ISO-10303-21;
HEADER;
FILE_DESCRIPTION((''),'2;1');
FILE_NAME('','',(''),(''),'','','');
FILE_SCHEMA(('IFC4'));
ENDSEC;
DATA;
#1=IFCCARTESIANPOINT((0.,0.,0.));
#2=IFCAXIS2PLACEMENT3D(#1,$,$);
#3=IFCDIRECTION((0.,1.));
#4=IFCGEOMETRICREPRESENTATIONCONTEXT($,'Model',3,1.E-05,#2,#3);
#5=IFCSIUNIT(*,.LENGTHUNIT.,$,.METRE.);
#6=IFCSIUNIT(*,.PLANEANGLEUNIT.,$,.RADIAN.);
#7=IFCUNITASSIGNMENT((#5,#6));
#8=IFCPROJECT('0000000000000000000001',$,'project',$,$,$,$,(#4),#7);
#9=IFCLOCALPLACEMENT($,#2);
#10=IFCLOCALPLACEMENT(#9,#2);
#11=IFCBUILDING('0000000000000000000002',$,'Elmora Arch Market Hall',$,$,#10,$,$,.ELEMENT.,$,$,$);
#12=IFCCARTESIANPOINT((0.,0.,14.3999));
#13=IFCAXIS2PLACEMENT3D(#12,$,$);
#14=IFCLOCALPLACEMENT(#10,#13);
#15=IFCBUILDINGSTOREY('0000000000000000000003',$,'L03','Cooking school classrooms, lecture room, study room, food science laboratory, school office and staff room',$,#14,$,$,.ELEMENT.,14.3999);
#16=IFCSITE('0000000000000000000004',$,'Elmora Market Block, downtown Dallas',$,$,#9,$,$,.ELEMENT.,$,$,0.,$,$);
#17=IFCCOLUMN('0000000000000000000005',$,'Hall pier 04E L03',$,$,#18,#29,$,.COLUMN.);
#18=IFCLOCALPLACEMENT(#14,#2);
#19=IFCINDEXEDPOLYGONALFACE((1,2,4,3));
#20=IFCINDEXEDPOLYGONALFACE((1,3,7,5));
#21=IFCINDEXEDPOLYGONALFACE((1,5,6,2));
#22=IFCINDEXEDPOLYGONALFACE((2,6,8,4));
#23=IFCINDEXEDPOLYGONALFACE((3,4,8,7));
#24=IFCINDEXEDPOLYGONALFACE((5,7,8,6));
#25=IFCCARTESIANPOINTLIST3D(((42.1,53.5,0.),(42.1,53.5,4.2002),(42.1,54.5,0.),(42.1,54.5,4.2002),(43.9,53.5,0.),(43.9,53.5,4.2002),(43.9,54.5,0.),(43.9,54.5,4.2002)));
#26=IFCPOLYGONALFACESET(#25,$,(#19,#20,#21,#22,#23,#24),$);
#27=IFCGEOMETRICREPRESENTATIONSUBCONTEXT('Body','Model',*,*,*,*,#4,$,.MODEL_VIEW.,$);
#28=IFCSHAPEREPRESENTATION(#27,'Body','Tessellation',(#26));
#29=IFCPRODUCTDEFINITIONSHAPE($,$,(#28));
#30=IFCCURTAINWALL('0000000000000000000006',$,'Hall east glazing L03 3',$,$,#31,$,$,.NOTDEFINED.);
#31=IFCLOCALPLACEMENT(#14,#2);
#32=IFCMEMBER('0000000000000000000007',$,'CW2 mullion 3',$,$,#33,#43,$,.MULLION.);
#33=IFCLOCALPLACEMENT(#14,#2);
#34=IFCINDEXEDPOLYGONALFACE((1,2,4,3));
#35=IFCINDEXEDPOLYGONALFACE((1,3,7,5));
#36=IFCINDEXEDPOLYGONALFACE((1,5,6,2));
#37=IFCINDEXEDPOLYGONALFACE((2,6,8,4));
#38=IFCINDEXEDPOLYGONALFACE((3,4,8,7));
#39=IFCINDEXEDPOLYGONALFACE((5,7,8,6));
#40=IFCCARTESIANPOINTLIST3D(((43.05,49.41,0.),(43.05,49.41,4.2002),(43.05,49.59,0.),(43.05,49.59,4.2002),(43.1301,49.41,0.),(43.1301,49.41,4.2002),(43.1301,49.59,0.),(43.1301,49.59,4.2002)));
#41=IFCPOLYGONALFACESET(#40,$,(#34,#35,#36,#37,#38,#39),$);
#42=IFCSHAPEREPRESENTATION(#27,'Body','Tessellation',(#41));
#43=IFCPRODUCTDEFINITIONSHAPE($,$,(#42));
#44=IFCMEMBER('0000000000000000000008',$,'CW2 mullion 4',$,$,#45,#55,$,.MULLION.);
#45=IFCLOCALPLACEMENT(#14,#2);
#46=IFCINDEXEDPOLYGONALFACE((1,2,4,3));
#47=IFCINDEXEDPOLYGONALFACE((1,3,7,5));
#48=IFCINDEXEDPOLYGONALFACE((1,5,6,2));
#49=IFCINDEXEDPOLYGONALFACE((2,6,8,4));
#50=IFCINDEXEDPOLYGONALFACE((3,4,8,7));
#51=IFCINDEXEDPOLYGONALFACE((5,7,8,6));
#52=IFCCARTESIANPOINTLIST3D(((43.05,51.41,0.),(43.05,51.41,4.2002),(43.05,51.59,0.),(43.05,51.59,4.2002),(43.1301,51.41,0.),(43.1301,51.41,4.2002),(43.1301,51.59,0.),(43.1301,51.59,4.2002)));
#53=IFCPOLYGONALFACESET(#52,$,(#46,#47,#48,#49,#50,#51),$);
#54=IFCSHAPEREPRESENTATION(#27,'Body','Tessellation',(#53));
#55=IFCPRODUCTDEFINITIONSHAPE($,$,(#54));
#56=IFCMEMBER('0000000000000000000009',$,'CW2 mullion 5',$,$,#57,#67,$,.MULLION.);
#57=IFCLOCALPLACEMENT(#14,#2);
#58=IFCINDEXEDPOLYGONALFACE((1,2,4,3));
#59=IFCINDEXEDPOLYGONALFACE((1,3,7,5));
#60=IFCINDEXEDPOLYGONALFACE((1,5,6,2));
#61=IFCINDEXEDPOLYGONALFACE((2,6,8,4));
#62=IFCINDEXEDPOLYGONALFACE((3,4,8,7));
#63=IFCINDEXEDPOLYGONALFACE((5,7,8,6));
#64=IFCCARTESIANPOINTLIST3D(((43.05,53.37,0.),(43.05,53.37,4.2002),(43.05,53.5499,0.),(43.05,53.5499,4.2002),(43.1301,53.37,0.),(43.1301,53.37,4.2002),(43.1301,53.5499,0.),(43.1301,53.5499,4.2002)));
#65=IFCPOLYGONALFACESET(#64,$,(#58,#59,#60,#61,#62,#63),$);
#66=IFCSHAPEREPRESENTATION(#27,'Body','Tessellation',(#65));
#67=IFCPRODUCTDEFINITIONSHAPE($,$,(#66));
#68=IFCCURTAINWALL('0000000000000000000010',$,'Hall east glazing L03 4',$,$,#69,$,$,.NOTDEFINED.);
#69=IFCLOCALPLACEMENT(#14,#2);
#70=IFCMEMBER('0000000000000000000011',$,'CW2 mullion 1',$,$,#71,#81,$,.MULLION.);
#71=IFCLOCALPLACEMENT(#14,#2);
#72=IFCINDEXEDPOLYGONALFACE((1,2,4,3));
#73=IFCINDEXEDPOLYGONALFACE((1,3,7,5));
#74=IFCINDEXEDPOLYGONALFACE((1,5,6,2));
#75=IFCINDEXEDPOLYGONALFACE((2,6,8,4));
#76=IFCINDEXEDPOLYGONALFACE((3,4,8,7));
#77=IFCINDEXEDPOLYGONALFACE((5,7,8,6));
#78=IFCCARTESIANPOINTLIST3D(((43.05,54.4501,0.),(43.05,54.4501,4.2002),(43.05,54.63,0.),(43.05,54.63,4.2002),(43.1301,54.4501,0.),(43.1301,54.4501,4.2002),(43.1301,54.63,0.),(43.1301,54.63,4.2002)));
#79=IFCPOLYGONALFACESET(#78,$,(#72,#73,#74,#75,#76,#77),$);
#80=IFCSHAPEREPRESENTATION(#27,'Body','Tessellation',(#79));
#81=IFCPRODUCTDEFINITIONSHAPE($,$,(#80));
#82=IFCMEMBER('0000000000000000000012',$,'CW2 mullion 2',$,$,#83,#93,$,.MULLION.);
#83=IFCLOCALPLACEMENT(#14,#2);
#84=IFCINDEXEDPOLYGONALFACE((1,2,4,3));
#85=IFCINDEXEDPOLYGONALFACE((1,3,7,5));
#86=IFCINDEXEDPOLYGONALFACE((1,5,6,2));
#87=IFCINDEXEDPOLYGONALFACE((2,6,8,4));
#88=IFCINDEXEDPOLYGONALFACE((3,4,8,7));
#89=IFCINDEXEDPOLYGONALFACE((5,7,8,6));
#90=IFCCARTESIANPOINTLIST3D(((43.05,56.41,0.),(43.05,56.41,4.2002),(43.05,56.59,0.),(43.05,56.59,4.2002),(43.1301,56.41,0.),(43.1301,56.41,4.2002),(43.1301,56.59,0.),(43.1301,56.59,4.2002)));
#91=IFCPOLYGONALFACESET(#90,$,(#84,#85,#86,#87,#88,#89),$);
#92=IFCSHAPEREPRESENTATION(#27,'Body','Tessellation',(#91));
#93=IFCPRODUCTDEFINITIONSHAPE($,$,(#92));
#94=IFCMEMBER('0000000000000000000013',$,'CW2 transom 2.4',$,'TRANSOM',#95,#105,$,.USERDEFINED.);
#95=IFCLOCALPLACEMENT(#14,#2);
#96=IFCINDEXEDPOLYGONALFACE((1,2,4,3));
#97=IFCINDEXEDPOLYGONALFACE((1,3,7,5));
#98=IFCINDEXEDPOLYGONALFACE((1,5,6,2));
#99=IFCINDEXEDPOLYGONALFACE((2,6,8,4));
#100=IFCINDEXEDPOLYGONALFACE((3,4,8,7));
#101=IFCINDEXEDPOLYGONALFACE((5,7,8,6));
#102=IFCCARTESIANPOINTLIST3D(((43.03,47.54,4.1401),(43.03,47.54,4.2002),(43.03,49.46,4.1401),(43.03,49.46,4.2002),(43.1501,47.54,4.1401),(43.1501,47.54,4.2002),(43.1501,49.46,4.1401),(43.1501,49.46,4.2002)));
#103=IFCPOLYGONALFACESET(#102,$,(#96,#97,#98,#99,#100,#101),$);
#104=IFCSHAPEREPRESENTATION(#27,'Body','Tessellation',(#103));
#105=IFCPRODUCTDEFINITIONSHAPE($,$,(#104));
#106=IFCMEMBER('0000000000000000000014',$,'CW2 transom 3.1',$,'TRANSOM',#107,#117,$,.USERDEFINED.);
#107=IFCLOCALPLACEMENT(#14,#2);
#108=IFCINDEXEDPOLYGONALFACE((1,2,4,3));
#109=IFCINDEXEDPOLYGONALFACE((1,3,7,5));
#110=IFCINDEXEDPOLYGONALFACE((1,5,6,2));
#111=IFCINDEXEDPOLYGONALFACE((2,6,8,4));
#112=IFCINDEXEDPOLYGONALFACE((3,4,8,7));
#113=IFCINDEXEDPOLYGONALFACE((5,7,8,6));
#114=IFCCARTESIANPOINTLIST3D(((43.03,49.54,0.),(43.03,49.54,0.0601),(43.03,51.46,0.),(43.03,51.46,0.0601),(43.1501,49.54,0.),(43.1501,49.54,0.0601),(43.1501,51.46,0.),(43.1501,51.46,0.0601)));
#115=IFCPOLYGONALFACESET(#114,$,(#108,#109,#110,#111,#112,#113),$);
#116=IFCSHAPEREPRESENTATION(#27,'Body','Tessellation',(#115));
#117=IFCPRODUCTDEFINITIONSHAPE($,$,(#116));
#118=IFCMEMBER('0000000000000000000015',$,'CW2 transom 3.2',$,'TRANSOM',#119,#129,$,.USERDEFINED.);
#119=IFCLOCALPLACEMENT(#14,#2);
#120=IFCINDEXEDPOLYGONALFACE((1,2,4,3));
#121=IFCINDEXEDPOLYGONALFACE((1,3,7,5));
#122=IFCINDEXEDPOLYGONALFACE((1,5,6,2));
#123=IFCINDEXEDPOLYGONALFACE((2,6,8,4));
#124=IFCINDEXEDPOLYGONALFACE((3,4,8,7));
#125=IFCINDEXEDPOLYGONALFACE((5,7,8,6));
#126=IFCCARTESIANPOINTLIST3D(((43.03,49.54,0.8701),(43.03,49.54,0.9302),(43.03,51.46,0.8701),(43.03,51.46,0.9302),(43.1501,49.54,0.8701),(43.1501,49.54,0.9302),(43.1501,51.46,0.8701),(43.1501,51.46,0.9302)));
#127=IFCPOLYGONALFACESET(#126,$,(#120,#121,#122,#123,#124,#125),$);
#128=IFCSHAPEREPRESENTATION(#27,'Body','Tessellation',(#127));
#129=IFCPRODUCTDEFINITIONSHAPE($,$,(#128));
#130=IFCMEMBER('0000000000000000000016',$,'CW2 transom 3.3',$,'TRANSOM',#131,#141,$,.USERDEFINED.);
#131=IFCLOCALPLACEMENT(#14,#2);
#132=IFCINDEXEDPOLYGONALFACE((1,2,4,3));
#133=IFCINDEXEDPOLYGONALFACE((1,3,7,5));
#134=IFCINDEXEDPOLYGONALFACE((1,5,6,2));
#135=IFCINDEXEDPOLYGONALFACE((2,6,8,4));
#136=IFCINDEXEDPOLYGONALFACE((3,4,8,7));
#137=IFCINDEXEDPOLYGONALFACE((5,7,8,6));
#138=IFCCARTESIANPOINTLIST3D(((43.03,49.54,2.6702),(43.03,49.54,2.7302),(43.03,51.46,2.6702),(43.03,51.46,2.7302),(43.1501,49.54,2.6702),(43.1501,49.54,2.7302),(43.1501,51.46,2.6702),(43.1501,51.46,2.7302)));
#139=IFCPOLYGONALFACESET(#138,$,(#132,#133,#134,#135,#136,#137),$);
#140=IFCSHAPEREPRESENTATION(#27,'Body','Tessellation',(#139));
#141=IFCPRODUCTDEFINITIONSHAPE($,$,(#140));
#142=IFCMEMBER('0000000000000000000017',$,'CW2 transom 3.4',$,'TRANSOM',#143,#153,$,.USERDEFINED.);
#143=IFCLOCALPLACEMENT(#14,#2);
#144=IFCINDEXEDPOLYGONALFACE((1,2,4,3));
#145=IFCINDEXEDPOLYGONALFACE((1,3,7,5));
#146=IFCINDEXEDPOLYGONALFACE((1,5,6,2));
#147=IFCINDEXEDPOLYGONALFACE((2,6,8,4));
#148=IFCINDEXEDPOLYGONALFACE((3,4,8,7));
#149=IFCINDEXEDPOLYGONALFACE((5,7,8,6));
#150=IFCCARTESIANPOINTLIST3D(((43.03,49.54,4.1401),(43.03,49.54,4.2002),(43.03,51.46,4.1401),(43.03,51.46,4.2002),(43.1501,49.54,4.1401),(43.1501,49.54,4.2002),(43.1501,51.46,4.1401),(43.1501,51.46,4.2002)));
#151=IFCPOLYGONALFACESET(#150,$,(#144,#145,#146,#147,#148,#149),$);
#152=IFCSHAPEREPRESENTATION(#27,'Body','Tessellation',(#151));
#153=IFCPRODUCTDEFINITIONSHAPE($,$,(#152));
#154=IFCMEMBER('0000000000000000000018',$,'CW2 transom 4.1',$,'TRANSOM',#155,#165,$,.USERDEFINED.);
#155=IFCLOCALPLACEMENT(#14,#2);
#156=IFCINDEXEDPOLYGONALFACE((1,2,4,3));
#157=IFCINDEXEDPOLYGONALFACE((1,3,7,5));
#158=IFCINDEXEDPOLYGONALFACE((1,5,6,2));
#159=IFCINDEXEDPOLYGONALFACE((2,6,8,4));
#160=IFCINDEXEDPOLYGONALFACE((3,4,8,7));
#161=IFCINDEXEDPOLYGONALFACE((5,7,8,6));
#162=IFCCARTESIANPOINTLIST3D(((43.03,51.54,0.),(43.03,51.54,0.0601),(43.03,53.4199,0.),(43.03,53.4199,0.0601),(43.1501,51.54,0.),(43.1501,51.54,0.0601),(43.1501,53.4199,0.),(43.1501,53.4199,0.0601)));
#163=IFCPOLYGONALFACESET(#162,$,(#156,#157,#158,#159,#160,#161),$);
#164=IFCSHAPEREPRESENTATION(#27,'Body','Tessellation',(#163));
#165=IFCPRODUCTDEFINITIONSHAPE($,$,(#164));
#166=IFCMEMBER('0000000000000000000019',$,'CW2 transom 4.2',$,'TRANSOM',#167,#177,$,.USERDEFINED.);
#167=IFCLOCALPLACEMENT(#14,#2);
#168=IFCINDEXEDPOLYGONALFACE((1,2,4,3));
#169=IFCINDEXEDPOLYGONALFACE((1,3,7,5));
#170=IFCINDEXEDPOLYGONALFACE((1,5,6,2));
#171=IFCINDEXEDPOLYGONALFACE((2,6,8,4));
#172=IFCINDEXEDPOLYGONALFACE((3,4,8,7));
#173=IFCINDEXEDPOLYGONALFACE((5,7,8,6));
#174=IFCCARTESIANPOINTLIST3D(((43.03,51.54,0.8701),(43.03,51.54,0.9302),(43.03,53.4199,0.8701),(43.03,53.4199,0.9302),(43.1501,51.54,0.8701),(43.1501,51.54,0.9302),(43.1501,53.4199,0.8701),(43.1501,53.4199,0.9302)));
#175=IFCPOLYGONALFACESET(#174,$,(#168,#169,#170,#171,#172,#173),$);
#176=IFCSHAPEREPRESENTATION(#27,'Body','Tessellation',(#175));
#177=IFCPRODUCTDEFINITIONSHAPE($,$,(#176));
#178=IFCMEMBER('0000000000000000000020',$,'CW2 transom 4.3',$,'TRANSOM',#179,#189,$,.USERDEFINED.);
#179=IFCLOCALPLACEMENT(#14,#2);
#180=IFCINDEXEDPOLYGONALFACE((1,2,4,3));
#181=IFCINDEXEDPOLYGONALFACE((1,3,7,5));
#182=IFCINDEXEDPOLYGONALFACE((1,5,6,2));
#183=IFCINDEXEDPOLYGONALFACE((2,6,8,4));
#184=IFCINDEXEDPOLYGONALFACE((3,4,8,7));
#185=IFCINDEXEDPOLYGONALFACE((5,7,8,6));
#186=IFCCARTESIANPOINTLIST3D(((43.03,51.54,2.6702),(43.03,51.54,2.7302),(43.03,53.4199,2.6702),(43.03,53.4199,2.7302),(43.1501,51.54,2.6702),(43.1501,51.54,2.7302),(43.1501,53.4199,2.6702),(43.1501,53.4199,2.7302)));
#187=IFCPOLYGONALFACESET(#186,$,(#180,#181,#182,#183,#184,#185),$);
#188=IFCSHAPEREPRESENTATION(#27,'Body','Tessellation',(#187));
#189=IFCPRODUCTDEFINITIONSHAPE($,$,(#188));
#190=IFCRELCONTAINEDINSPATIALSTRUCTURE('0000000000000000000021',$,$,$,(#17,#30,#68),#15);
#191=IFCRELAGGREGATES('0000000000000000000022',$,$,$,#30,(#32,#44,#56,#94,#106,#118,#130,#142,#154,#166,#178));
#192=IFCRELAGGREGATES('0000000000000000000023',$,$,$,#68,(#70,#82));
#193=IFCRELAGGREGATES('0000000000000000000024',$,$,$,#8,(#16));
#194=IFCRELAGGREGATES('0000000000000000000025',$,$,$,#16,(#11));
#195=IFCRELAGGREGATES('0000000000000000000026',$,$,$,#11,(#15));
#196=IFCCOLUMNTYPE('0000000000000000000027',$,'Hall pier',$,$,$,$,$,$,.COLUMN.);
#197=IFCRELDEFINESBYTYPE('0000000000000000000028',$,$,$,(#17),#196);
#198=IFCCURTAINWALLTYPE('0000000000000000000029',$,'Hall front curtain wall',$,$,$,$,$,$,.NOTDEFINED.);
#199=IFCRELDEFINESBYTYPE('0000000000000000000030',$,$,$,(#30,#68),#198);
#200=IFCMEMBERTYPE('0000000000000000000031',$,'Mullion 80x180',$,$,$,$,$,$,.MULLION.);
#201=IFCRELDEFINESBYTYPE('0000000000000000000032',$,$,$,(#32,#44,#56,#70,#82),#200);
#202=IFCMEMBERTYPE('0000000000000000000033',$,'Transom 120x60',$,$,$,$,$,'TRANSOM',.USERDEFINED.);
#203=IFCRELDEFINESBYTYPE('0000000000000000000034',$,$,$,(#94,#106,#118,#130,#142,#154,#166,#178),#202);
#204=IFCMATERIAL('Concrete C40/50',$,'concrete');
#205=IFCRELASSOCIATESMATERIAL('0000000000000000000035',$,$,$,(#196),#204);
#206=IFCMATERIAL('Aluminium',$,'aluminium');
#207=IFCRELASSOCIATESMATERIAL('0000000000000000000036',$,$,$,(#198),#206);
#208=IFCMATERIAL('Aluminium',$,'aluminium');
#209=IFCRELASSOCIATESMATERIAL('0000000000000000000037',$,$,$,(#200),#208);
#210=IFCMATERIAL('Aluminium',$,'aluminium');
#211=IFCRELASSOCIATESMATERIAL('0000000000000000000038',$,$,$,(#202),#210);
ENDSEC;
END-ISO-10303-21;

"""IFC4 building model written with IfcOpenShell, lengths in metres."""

from ifc_helpers import new_model, si_unit, direction, frame, origin, origin_2d, place, context, subcontext, project, spatial, rectangle, extrude, material, material_profile, profile_set, type_object, element, aggregate, save


model = new_model("IFC4")

# Units and contexts
model_context = context("Model", 3, precision=1e-05, world=origin(), true_north=direction((0.0, 1.0)))
body_context = subcontext(model_context, "Body", "Model", "MODEL_VIEW")
ifc_project = project(units=[si_unit("LENGTHUNIT", "METRE"), si_unit("PLANEANGLEUNIT", "RADIAN")], contexts=[model_context])

# Site, building, storey
site_placement = place(None, origin())
site = spatial("IfcSite", under=ifc_project, at=site_placement, Name="Elmora Market Block, downtown Dallas", CompositionType="ELEMENT", RefElevation=0.0)
building_placement = place(site_placement, origin())
building = spatial("IfcBuilding", under=site, at=building_placement, Name="Elmora Arch Market Hall", CompositionType="ELEMENT")
storey_placement = place(building_placement, frame((0.0, 0.0, 14.3999)))
storey = spatial("IfcBuildingStorey", under=building, at=storey_placement, Name="L03", Description="Cooking school classrooms, lecture room, study room, food science laboratory, school office and staff room", CompositionType="ELEMENT", Elevation=14.3999)

# Column
ifc_material_1 = material(Name="Concrete C40/50", Category="concrete")
ifc_material_profile_1 = material_profile(ifc_material_1, rectangle(XDim=1.8, YDim=1.0, at=origin_2d()), Name="Hall pier")
ifc_profile_set_1 = profile_set([ifc_material_profile_1], Name="Concrete C40/50")
column_type = type_object("IfcColumnType", Name="Hall pier", PredefinedType="COLUMN", material=ifc_profile_set_1)
column_placement = place(storey_placement, frame((43.0, 54.0, 0.0), z_axis=(0.0, 0.0, 1.0), x_axis=(1.0, 0.0, 0.0)))
element("IfcColumn", 1, at=column_placement, inside=storey, type_object=column_type, Name="Hall pier 04E L03", PredefinedType="COLUMN", context=body_context, shape_type="SweptSolid", body=[
    extrude(rectangle(XDim=1.8, YDim=1.0, at=origin_2d()), origin(), (0.0, 0.0, 1.0), 4.2002),
])

# Curtain walls, members
ifc_material_2 = material(Name="Aluminium", Category="aluminium")
curtain_wall_type = type_object("IfcCurtainWallType", Name="Hall front curtain wall", PredefinedType="NOTDEFINED", material=ifc_material_2)
curtain_wall_1_placement = place(storey_placement, origin())
curtain_wall_1 = element("IfcCurtainWall", 2, at=curtain_wall_1_placement, inside=storey, type_object=curtain_wall_type, Name="Hall east glazing L03 3", PredefinedType="NOTDEFINED")
ifc_material_3 = material(Name="Aluminium", Category="aluminium")
ifc_material_profile_2 = material_profile(ifc_material_3, rectangle(XDim=0.0801, YDim=0.1799, at=origin_2d()), Name="AL 80x180")
ifc_profile_set_2 = profile_set([ifc_material_profile_2], Name="Aluminium")
member_type_1 = type_object("IfcMemberType", Name="Mullion 80x180", PredefinedType="MULLION", material=ifc_profile_set_2)
member_1_placement = place(storey_placement, frame((43.0901, 49.5, 0.0), z_axis=(0.0, 0.0, 1.0), x_axis=(-1.0, 0.0, 0.0)))
member_1 = element("IfcMember", 3, at=member_1_placement, type_object=member_type_1, Name="CW2 mullion 3", PredefinedType="MULLION", context=body_context, shape_type="SweptSolid", body=[
    extrude(rectangle(XDim=0.0801, YDim=0.1799, at=origin_2d()), origin(), (0.0, 0.0, 1.0), 4.2002),
])
member_2_placement = place(storey_placement, frame((43.0901, 51.5, 0.0), z_axis=(0.0, 0.0, 1.0), x_axis=(-1.0, 0.0, 0.0)))
member_2 = element("IfcMember", 4, at=member_2_placement, type_object=member_type_1, Name="CW2 mullion 4", PredefinedType="MULLION", context=body_context, shape_type="SweptSolid", body=[
    extrude(rectangle(XDim=0.0801, YDim=0.1799, at=origin_2d()), origin(), (0.0, 0.0, 1.0), 4.2002),
])
member_3_placement = place(storey_placement, frame((43.0901, 53.46, 0.0), z_axis=(0.0, 0.0, 1.0), x_axis=(-1.0, 0.0, 0.0)))
member_3 = element("IfcMember", 5, at=member_3_placement, type_object=member_type_1, Name="CW2 mullion 5", PredefinedType="MULLION", context=body_context, shape_type="SweptSolid", body=[
    extrude(rectangle(XDim=0.0801, YDim=0.1799, at=origin_2d()), origin(), (0.0, 0.0, 1.0), 4.2002),
])
curtain_wall_2_placement = place(storey_placement, origin())
curtain_wall_2 = element("IfcCurtainWall", 6, at=curtain_wall_2_placement, inside=storey, type_object=curtain_wall_type, Name="Hall east glazing L03 4", PredefinedType="NOTDEFINED")
member_4_placement = place(storey_placement, frame((43.0901, 54.54, 0.0), z_axis=(0.0, 0.0, 1.0), x_axis=(-1.0, 0.0, 0.0)))
member_4 = element("IfcMember", 7, at=member_4_placement, type_object=member_type_1, Name="CW2 mullion 1", PredefinedType="MULLION", context=body_context, shape_type="SweptSolid", body=[
    extrude(rectangle(XDim=0.0801, YDim=0.1799, at=origin_2d()), origin(), (0.0, 0.0, 1.0), 4.2002),
])
member_5_placement = place(storey_placement, frame((43.0901, 56.5, 0.0), z_axis=(0.0, 0.0, 1.0), x_axis=(-1.0, 0.0, 0.0)))
member_5 = element("IfcMember", 8, at=member_5_placement, type_object=member_type_1, Name="CW2 mullion 2", PredefinedType="MULLION", context=body_context, shape_type="SweptSolid", body=[
    extrude(rectangle(XDim=0.0801, YDim=0.1799, at=origin_2d()), origin(), (0.0, 0.0, 1.0), 4.2002),
])

# Members
ifc_material_4 = material(Name="Aluminium", Category="aluminium")
ifc_material_profile_3 = material_profile(ifc_material_4, rectangle(XDim=0.1201, YDim=0.0601, at=origin_2d()), Name="AL 120x60")
ifc_profile_set_3 = profile_set([ifc_material_profile_3], Name="Aluminium")
member_type_2 = type_object("IfcMemberType", Name="Transom 120x60", ElementType="TRANSOM", PredefinedType="USERDEFINED", material=ifc_profile_set_3)
member_6_placement = place(storey_placement, frame((43.0901, 47.54, 4.1702), z_axis=(0.0, 1.0, 0.0), x_axis=(-1.0, 0.0, 0.0)))
member_6 = element("IfcMember", 9, at=member_6_placement, type_object=member_type_2, Name="CW2 transom 2.4", ObjectType="TRANSOM", PredefinedType="USERDEFINED", context=body_context, shape_type="SweptSolid", body=[
    extrude(rectangle(XDim=0.1201, YDim=0.0601, at=origin_2d()), origin(), (0.0, 0.0, 1.0), 1.9199),
])
member_7_placement = place(storey_placement, frame((43.0901, 49.54, 0.03), z_axis=(0.0, 1.0, 0.0), x_axis=(-1.0, 0.0, 0.0)))
member_7 = element("IfcMember", 10, at=member_7_placement, type_object=member_type_2, Name="CW2 transom 3.1", ObjectType="TRANSOM", PredefinedType="USERDEFINED", context=body_context, shape_type="SweptSolid", body=[
    extrude(rectangle(XDim=0.1201, YDim=0.0601, at=origin_2d()), origin(), (0.0, 0.0, 1.0), 1.9199),
])
member_8_placement = place(storey_placement, frame((43.0901, 49.54, 0.9001), z_axis=(0.0, 1.0, 0.0), x_axis=(-1.0, 0.0, 0.0)))
member_8 = element("IfcMember", 11, at=member_8_placement, type_object=member_type_2, Name="CW2 transom 3.2", ObjectType="TRANSOM", PredefinedType="USERDEFINED", context=body_context, shape_type="SweptSolid", body=[
    extrude(rectangle(XDim=0.1201, YDim=0.0601, at=origin_2d()), origin(), (0.0, 0.0, 1.0), 1.9199),
])
member_9_placement = place(storey_placement, frame((43.0901, 49.54, 2.7002), z_axis=(0.0, 1.0, 0.0), x_axis=(-1.0, 0.0, 0.0)))
member_9 = element("IfcMember", 12, at=member_9_placement, type_object=member_type_2, Name="CW2 transom 3.3", ObjectType="TRANSOM", PredefinedType="USERDEFINED", context=body_context, shape_type="SweptSolid", body=[
    extrude(rectangle(XDim=0.1201, YDim=0.0601, at=origin_2d()), origin(), (0.0, 0.0, 1.0), 1.9199),
])
member_10_placement = place(storey_placement, frame((43.0901, 49.54, 4.1702), z_axis=(0.0, 1.0, 0.0), x_axis=(-1.0, 0.0, 0.0)))
member_10 = element("IfcMember", 13, at=member_10_placement, type_object=member_type_2, Name="CW2 transom 3.4", ObjectType="TRANSOM", PredefinedType="USERDEFINED", context=body_context, shape_type="SweptSolid", body=[
    extrude(rectangle(XDim=0.1201, YDim=0.0601, at=origin_2d()), origin(), (0.0, 0.0, 1.0), 1.9199),
])
member_11_placement = place(storey_placement, frame((43.0901, 51.54, 0.03), z_axis=(0.0, 1.0, 0.0), x_axis=(-1.0, 0.0, 0.0)))
member_11 = element("IfcMember", 14, at=member_11_placement, type_object=member_type_2, Name="CW2 transom 4.1", ObjectType="TRANSOM", PredefinedType="USERDEFINED", context=body_context, shape_type="SweptSolid", body=[
    extrude(rectangle(XDim=0.1201, YDim=0.0601, at=origin_2d()), origin(), (0.0, 0.0, 1.0), 1.8799),
])
member_12_placement = place(storey_placement, frame((43.0901, 51.54, 0.9001), z_axis=(0.0, 1.0, 0.0), x_axis=(-1.0, 0.0, 0.0)))
member_12 = element("IfcMember", 15, at=member_12_placement, type_object=member_type_2, Name="CW2 transom 4.2", ObjectType="TRANSOM", PredefinedType="USERDEFINED", context=body_context, shape_type="SweptSolid", body=[
    extrude(rectangle(XDim=0.1201, YDim=0.0601, at=origin_2d()), origin(), (0.0, 0.0, 1.0), 1.8799),
])
member_13_placement = place(storey_placement, frame((43.0901, 51.54, 2.7002), z_axis=(0.0, 1.0, 0.0), x_axis=(-1.0, 0.0, 0.0)))
member_13 = element("IfcMember", 16, at=member_13_placement, type_object=member_type_2, Name="CW2 transom 4.3", ObjectType="TRANSOM", PredefinedType="USERDEFINED", context=body_context, shape_type="SweptSolid", body=[
    extrude(rectangle(XDim=0.1201, YDim=0.0601, at=origin_2d()), origin(), (0.0, 0.0, 1.0), 1.8799),
])

aggregate(curtain_wall_1, [member_1, member_2, member_3, member_6, member_7, member_8, member_9, member_10, member_11, member_12, member_13])
aggregate(curtain_wall_2, [member_4, member_5])

save(model, "model.ifc")
